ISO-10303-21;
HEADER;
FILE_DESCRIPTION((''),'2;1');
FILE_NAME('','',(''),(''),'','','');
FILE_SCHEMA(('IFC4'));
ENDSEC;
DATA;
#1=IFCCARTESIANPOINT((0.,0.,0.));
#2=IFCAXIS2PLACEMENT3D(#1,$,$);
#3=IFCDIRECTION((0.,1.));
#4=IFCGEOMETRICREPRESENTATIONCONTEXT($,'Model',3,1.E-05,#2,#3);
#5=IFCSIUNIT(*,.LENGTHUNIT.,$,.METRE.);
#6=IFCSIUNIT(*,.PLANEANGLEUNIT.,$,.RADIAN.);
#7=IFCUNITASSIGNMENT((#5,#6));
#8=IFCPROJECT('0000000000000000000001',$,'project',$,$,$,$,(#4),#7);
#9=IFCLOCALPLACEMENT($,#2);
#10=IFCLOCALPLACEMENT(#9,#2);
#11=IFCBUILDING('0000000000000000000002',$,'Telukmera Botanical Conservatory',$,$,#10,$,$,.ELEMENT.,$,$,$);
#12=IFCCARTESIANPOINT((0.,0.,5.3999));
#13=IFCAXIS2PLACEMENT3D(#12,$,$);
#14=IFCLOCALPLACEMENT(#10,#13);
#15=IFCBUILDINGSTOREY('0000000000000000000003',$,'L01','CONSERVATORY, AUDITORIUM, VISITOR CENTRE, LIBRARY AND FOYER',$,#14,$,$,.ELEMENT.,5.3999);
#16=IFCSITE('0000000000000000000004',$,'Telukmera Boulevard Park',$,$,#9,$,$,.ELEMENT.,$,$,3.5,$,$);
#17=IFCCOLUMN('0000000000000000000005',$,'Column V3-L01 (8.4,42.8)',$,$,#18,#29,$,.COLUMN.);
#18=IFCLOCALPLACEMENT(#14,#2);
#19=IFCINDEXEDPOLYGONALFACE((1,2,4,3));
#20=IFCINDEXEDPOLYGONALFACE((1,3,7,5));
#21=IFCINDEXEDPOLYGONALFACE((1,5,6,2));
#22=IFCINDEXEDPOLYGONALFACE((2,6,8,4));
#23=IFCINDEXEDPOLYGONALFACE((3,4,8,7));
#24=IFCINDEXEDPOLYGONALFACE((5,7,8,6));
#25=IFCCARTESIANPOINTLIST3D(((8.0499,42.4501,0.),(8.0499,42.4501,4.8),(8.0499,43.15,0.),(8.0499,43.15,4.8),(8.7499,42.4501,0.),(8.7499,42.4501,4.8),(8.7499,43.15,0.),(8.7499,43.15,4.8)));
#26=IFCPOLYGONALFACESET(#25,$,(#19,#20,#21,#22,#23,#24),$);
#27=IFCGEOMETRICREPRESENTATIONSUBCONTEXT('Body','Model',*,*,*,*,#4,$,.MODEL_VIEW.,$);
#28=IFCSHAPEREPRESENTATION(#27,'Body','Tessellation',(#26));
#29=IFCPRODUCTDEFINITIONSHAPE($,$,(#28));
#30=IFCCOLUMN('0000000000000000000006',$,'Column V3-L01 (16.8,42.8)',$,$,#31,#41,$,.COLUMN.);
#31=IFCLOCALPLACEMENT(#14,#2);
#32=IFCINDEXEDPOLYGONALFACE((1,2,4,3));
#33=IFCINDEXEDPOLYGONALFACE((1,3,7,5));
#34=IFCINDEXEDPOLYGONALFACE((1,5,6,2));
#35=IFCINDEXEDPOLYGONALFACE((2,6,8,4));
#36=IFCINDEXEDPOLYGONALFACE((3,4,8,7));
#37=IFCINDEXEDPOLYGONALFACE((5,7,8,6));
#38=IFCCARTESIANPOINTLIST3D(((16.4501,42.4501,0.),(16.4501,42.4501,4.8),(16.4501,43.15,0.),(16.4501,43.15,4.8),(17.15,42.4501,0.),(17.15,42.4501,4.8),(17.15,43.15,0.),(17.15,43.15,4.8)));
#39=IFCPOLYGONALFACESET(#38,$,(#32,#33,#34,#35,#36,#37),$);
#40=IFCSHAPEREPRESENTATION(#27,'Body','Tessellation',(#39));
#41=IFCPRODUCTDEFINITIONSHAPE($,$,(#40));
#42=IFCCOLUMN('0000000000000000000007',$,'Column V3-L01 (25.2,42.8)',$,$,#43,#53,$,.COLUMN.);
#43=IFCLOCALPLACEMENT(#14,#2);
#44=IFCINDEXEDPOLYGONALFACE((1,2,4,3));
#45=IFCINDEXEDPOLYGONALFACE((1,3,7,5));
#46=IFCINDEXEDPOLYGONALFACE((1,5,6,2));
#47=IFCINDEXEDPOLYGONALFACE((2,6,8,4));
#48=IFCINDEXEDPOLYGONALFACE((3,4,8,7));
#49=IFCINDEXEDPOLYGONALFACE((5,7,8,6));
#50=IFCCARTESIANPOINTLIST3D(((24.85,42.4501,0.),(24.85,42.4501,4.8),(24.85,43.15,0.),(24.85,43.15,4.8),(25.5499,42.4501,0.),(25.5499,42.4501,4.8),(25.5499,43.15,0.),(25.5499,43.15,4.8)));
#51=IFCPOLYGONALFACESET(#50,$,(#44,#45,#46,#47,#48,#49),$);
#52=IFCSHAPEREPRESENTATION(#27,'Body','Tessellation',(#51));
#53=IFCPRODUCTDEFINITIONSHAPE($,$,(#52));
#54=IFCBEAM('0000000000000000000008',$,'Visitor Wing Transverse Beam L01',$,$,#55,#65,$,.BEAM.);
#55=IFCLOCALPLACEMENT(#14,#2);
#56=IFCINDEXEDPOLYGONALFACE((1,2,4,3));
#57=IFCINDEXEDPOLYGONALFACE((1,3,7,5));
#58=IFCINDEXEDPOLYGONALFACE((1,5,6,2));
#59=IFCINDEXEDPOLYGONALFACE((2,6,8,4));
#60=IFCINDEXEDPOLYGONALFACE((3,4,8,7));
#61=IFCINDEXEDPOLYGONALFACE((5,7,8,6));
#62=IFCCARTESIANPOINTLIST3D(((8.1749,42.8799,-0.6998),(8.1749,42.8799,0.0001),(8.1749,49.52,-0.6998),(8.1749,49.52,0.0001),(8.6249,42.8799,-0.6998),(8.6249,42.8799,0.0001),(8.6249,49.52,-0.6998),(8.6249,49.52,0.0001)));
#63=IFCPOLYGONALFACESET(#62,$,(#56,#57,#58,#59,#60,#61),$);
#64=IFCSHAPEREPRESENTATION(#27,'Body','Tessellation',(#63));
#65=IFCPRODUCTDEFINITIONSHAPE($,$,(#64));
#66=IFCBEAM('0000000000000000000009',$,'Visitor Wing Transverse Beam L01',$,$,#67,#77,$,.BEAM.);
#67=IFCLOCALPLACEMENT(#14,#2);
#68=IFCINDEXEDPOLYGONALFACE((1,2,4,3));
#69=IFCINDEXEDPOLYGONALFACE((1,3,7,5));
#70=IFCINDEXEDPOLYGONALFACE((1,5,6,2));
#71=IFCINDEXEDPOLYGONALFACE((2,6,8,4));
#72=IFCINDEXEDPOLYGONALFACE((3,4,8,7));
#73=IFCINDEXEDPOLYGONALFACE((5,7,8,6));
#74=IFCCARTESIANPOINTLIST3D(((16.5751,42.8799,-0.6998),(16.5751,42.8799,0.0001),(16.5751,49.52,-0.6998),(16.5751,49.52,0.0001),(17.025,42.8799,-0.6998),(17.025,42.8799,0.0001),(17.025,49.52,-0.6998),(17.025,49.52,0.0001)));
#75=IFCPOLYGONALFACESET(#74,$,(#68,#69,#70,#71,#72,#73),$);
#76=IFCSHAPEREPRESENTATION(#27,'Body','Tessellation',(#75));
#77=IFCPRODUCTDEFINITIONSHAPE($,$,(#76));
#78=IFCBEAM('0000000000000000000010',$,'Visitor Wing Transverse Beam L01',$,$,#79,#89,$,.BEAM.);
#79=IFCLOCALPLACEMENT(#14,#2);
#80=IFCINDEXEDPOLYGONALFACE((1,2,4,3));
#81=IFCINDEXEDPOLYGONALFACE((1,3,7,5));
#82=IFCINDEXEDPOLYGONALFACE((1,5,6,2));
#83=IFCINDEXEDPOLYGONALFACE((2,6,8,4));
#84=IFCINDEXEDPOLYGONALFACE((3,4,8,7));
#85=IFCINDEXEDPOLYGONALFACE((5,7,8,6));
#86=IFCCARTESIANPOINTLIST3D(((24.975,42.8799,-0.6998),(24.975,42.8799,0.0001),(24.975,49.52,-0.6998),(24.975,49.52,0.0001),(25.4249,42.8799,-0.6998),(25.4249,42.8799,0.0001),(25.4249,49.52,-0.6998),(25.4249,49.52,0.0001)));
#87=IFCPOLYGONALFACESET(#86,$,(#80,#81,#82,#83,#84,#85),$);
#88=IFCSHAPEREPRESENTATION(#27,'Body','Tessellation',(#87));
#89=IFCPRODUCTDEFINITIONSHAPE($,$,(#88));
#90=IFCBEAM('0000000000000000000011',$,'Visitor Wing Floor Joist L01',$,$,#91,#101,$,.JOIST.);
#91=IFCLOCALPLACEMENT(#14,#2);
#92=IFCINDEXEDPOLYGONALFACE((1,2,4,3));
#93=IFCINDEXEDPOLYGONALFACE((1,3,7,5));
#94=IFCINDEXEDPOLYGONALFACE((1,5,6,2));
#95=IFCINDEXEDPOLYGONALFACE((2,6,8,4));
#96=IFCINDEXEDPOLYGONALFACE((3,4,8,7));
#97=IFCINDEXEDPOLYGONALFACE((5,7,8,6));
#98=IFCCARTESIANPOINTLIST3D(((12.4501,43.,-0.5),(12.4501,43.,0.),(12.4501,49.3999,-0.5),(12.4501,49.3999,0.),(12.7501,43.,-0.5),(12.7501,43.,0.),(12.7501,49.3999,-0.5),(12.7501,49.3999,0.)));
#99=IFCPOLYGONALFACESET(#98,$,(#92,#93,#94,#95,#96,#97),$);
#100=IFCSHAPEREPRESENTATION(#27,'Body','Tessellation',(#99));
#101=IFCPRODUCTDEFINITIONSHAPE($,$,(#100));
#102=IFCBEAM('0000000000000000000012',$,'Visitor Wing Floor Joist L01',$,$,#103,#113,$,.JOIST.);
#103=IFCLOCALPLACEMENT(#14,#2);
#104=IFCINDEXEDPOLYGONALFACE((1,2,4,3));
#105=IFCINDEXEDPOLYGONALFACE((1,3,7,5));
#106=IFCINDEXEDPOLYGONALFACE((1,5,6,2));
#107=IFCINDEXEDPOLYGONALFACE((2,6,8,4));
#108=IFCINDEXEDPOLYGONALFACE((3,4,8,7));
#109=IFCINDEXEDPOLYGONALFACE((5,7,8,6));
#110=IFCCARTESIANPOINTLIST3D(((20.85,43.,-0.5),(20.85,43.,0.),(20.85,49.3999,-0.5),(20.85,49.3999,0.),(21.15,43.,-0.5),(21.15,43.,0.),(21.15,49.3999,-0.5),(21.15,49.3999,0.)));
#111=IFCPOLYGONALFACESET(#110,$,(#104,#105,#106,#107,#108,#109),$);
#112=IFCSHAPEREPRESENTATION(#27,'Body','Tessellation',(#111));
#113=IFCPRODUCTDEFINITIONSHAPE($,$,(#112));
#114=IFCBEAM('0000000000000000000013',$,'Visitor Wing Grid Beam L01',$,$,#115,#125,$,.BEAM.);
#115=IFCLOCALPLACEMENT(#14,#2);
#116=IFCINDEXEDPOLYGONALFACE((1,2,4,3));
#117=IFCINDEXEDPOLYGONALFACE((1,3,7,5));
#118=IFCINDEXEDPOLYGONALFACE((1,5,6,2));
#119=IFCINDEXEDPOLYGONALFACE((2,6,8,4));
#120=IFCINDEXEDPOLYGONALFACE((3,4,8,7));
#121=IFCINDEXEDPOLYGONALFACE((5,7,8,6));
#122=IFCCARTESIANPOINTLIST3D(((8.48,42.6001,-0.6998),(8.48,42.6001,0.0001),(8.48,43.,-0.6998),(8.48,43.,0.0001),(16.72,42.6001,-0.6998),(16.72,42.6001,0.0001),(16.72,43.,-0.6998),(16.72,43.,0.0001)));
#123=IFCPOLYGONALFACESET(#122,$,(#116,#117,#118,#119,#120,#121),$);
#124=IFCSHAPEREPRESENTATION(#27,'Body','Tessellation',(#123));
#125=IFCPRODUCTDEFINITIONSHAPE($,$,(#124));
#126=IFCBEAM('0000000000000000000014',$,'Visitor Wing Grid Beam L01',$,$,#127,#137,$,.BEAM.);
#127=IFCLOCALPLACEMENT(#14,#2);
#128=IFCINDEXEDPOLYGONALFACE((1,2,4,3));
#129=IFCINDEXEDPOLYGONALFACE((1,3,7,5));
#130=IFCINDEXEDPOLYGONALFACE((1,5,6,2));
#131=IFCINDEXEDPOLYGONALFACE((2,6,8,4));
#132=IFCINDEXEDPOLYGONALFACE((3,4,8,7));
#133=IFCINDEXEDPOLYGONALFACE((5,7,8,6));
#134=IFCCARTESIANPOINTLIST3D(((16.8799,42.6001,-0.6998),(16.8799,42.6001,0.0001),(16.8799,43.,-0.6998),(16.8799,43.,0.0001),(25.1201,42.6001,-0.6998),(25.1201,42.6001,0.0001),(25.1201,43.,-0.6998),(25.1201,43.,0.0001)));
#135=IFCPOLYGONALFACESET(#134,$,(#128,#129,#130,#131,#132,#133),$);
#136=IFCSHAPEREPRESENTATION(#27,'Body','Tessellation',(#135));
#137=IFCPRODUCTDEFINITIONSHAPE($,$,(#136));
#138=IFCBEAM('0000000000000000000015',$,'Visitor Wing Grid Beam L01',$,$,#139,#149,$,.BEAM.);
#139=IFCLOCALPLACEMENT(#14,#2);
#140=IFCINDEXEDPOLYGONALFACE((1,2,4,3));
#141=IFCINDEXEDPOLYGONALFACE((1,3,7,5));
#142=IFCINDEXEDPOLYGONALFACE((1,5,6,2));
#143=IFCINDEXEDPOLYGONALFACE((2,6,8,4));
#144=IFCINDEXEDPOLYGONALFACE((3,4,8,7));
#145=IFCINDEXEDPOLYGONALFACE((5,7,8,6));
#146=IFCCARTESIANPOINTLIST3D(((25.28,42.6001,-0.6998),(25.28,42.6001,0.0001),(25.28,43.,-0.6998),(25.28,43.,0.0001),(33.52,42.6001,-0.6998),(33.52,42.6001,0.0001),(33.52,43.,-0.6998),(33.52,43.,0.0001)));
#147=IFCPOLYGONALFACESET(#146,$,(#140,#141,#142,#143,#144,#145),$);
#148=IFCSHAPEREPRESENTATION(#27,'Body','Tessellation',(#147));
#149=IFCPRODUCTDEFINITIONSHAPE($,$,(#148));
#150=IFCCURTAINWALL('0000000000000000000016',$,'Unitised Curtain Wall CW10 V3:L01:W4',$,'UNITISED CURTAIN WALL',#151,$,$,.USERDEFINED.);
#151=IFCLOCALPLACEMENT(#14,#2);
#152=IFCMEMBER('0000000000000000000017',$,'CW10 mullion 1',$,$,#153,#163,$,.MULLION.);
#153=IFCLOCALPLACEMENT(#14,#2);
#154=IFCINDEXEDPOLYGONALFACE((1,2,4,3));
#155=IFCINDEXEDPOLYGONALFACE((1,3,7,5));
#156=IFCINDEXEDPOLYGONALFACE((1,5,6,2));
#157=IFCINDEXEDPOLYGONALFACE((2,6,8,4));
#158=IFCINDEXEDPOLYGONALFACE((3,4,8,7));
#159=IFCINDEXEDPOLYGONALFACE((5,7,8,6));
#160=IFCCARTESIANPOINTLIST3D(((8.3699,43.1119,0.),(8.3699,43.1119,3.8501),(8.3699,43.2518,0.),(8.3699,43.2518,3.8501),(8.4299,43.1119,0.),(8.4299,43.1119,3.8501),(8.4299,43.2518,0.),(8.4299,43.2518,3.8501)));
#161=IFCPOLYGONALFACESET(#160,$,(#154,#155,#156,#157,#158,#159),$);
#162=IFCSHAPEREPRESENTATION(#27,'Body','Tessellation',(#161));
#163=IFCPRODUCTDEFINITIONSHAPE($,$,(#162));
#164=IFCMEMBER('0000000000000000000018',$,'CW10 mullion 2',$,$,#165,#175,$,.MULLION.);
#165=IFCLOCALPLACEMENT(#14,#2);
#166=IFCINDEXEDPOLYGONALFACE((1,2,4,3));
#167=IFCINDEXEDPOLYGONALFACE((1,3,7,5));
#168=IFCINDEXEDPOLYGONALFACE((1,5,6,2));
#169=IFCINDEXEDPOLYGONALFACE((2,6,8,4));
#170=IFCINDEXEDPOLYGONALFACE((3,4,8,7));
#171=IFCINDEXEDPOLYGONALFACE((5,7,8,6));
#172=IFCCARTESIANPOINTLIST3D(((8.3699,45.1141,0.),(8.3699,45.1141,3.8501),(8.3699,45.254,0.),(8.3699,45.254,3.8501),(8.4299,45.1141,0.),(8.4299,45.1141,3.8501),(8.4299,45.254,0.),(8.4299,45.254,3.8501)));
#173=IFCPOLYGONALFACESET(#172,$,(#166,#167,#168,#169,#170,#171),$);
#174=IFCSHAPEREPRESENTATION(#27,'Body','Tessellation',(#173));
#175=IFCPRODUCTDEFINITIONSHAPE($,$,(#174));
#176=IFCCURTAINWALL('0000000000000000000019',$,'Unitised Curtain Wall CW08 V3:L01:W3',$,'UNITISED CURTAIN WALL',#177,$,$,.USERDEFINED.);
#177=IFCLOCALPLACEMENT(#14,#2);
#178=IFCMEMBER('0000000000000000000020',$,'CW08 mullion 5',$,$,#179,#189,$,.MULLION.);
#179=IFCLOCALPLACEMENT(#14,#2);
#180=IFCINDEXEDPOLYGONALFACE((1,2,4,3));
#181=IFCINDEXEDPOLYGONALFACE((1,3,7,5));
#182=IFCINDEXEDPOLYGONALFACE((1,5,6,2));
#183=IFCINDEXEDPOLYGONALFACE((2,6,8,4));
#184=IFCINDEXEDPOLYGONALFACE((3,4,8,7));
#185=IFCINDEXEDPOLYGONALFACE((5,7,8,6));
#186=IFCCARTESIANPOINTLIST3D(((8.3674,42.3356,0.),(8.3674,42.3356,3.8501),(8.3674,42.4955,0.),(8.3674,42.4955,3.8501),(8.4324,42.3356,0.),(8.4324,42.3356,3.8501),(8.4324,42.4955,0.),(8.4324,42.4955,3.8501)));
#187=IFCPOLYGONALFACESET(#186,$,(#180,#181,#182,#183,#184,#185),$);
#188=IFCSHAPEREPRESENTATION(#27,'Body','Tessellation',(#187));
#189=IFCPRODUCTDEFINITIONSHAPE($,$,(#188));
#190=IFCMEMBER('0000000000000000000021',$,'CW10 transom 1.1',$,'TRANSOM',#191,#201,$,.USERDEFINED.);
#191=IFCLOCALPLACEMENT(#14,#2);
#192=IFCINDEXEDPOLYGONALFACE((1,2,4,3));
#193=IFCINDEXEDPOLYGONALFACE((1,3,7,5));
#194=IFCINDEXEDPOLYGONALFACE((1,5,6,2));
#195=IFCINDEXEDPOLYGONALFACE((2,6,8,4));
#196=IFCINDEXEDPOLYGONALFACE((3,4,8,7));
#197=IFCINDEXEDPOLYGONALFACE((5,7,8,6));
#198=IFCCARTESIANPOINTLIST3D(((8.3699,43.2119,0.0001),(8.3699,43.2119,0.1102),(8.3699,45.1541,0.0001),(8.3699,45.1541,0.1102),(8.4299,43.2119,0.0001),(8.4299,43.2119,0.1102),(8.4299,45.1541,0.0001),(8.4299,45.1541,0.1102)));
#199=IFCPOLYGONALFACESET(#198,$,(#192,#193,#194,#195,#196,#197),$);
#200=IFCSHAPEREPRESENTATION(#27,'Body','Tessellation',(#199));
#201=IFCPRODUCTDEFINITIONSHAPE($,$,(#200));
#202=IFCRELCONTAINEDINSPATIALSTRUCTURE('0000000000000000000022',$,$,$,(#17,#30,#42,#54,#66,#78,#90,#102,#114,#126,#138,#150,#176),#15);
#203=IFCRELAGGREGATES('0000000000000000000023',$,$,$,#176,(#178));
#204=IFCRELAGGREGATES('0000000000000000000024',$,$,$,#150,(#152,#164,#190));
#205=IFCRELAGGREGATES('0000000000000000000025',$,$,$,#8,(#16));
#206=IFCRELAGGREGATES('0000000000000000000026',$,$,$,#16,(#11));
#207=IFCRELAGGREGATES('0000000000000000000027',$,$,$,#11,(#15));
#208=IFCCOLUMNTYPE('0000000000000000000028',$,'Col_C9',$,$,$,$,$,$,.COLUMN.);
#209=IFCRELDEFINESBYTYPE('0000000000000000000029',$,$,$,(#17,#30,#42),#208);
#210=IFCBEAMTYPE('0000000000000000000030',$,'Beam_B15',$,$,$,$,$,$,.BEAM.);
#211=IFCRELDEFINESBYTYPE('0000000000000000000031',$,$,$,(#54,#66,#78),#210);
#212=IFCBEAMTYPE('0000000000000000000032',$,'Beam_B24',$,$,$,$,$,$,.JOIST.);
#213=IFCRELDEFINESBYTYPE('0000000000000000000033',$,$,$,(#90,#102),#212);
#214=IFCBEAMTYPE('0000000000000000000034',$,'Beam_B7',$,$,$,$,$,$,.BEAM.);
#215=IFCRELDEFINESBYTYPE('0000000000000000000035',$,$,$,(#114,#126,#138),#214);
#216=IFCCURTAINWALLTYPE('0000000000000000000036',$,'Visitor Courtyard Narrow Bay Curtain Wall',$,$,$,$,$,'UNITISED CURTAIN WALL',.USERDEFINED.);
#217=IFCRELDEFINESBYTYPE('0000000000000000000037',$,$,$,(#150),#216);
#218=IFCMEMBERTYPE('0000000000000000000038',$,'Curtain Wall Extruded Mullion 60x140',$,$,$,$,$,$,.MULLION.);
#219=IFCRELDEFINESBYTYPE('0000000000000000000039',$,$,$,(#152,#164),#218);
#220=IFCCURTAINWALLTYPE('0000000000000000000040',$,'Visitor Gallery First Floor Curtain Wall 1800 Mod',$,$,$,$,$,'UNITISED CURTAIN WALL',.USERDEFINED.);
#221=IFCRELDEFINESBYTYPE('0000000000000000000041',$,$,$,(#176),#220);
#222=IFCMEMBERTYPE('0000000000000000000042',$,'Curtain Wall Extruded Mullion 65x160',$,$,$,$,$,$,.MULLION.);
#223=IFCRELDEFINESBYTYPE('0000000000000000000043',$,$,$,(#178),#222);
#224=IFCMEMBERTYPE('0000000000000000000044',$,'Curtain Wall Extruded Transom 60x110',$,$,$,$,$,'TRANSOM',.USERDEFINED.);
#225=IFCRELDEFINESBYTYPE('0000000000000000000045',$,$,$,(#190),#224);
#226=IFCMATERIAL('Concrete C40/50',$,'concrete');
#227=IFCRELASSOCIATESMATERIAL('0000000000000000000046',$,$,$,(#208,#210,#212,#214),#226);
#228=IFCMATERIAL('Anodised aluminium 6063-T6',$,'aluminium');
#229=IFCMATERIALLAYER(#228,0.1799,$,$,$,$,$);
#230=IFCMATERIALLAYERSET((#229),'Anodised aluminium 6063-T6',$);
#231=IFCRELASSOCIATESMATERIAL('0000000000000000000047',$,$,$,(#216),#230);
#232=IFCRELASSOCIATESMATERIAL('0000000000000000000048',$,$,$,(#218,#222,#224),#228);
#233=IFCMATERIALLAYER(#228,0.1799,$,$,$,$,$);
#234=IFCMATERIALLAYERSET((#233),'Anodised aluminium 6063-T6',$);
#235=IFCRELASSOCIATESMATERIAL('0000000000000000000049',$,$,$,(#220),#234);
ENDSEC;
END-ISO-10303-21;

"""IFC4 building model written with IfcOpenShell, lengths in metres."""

from ifc_helpers import new_model, si_unit, direction, frame, origin, origin_2d, place, context, subcontext, project, spatial, rectangle, extrude, material, layer, layer_set, material_profile, profile_set, type_object, element, aggregate, save


model = new_model("IFC4")

# Units and contexts
model_context = context("Model", 3, precision=1e-05, world=origin(), true_north=direction((0.0, 1.0)))
body_context = subcontext(model_context, "Body", "Model", "MODEL_VIEW")
ifc_project = project(units=[si_unit("LENGTHUNIT", "METRE"), si_unit("PLANEANGLEUNIT", "RADIAN")], contexts=[model_context])

# Site, building, storey
site_placement = place(None, origin())
site = spatial("IfcSite", under=ifc_project, at=site_placement, Name="Telukmera Boulevard Park", CompositionType="ELEMENT", RefElevation=3.5)
building_placement = place(site_placement, origin())
building = spatial("IfcBuilding", under=site, at=building_placement, Name="Telukmera Botanical Conservatory", CompositionType="ELEMENT")
storey_placement = place(building_placement, frame((0.0, 0.0, 5.3999)))
storey = spatial("IfcBuildingStorey", under=building, at=storey_placement, Name="L01", Description="CONSERVATORY, AUDITORIUM, VISITOR CENTRE, LIBRARY AND FOYER", CompositionType="ELEMENT", Elevation=5.3999)

# Columns
ifc_material_1 = material(Name="Concrete C40/50", Category="concrete")
ifc_material_profile_1 = material_profile(ifc_material_1, rectangle(XDim=0.7, YDim=0.7, at=origin_2d()), Name="RC 700x700")
ifc_profile_set_1 = profile_set([ifc_material_profile_1], Name="Concrete C40/50")
column_type = type_object("IfcColumnType", Name="Col_C9", PredefinedType="COLUMN", material=ifc_profile_set_1)
for number, where, z_axis, x_axis, name in (
    (1, (8.3999, 42.8, 0.0), (0.0, 0.0, 1.0), (1.0, 0.0, 0.0), "Column V3-L01 (8.4,42.8)"),
    (2, (16.8, 42.8, 0.0), (0.0, 0.0, 1.0), (1.0, 0.0, 0.0), "Column V3-L01 (16.8,42.8)"),
    (3, (25.2, 42.8, 0.0), (0.0, 0.0, 1.0), (1.0, 0.0, 0.0), "Column V3-L01 (25.2,42.8)"),
):
    element("IfcColumn", number, at=place(storey_placement, frame(where, z_axis=z_axis, x_axis=x_axis)), inside=storey, type_object=column_type, Name=name, PredefinedType="COLUMN", context=body_context, shape_type="SweptSolid", body=[
        extrude(rectangle(XDim=0.7, YDim=0.7, at=origin_2d()), origin(), (0.0, 0.0, 1.0), 4.8),
    ])

# Beams
ifc_material_profile_2 = material_profile(ifc_material_1, rectangle(XDim=0.45, YDim=0.7, at=origin_2d()), Name="RC 450x700")
ifc_profile_set_2 = profile_set([ifc_material_profile_2], Name="Concrete C40/50")
beam_type_1 = type_object("IfcBeamType", Name="Beam_B15", PredefinedType="BEAM", material=ifc_profile_set_2)
for number, where, z_axis, x_axis, name in (
    (4, (8.3999, 42.8799, -0.3499), (0.0, 1.0, 0.0), (-1.0, 0.0, 0.0), "Visitor Wing Transverse Beam L01"),
    (5, (16.8, 42.8799, -0.3499), (0.0, 1.0, 0.0), (-1.0, 0.0, 0.0), "Visitor Wing Transverse Beam L01"),
    (6, (25.2, 42.8799, -0.3499), (0.0, 1.0, 0.0), (-1.0, 0.0, 0.0), "Visitor Wing Transverse Beam L01"),
):
    element("IfcBeam", number, at=place(storey_placement, frame(where, z_axis=z_axis, x_axis=x_axis)), inside=storey, type_object=beam_type_1, Name=name, PredefinedType="BEAM", context=body_context, shape_type="SweptSolid", body=[
        extrude(rectangle(XDim=0.45, YDim=0.7, at=origin_2d()), origin(), (0.0, 0.0, 1.0), 6.6401),
    ])
ifc_material_profile_3 = material_profile(ifc_material_1, rectangle(XDim=0.3, YDim=0.5, at=origin_2d()), Name="RC 300x500")
ifc_profile_set_3 = profile_set([ifc_material_profile_3], Name="Concrete C40/50")
beam_type_2 = type_object("IfcBeamType", Name="Beam_B24", PredefinedType="JOIST", material=ifc_profile_set_3)
for number, where, z_axis, x_axis, name in (
    (7, (12.6001, 43.0, -0.25), (0.0, 1.0, 0.0), (-1.0, 0.0, 0.0), "Visitor Wing Floor Joist L01"),
    (8, (21.0, 43.0, -0.25), (0.0, 1.0, 0.0), (-1.0, 0.0, 0.0), "Visitor Wing Floor Joist L01"),
):
    element("IfcBeam", number, at=place(storey_placement, frame(where, z_axis=z_axis, x_axis=x_axis)), inside=storey, type_object=beam_type_2, Name=name, PredefinedType="JOIST", context=body_context, shape_type="SweptSolid", body=[
        extrude(rectangle(XDim=0.3, YDim=0.5, at=origin_2d()), origin(), (0.0, 0.0, 1.0), 6.3999),
    ])
ifc_material_profile_4 = material_profile(ifc_material_1, rectangle(XDim=0.3999, YDim=0.7, at=origin_2d()), Name="RC 400x700")
ifc_profile_set_4 = profile_set([ifc_material_profile_4], Name="Concrete C40/50")
beam_type_3 = type_object("IfcBeamType", Name="Beam_B7", PredefinedType="BEAM", material=ifc_profile_set_4)
beam_1_placement = place(storey_placement, frame((8.48, 42.8, -0.3499), z_axis=(1.0, 0.0, 0.0), x_axis=(0.0, 1.0, 0.0)))
element("IfcBeam", 9, at=beam_1_placement, inside=storey, type_object=beam_type_3, Name="Visitor Wing Grid Beam L01", PredefinedType="BEAM", context=body_context, shape_type="SweptSolid", body=[
    extrude(rectangle(XDim=0.3999, YDim=0.7, at=origin_2d()), origin(), (0.0, 0.0, 1.0), 8.24),
])
beam_2_placement = place(storey_placement, frame((16.8799, 42.8, -0.3499), z_axis=(1.0, 0.0, 0.0), x_axis=(0.0, 1.0, 0.0)))
element("IfcBeam", 10, at=beam_2_placement, inside=storey, type_object=beam_type_3, Name="Visitor Wing Grid Beam L01", PredefinedType="BEAM", context=body_context, shape_type="SweptSolid", body=[
    extrude(rectangle(XDim=0.3999, YDim=0.7, at=origin_2d()), origin(), (0.0, 0.0, 1.0), 8.2402),
])
beam_3_placement = place(storey_placement, frame((25.28, 42.8, -0.3499), z_axis=(1.0, 0.0, 0.0), x_axis=(0.0, 1.0, 0.0)))
element("IfcBeam", 11, at=beam_3_placement, inside=storey, type_object=beam_type_3, Name="Visitor Wing Grid Beam L01", PredefinedType="BEAM", context=body_context, shape_type="SweptSolid", body=[
    extrude(rectangle(XDim=0.3999, YDim=0.7, at=origin_2d()), origin(), (0.0, 0.0, 1.0), 8.24),
])

# Curtain wall, members
ifc_material_2 = material(Name="Anodised aluminium 6063-T6", Category="aluminium")
ifc_layer_1 = layer(ifc_material_2, 0.1799)
ifc_layer_set_1 = layer_set([ifc_layer_1], Name="Anodised aluminium 6063-T6")
curtain_wall_type_1 = type_object("IfcCurtainWallType", Name="Visitor Courtyard Narrow Bay Curtain Wall", ElementType="UNITISED CURTAIN WALL", PredefinedType="USERDEFINED", material=ifc_layer_set_1)
curtain_wall_1_placement = place(storey_placement, origin())
curtain_wall_1 = element("IfcCurtainWall", 12, at=curtain_wall_1_placement, inside=storey, type_object=curtain_wall_type_1, Name="Unitised Curtain Wall CW10 V3:L01:W4", ObjectType="UNITISED CURTAIN WALL", PredefinedType="USERDEFINED")
ifc_material_profile_5 = material_profile(ifc_material_2, rectangle(XDim=0.0601, YDim=0.1399, at=origin_2d()), Name="ALU MULL 60x140")
ifc_profile_set_5 = profile_set([ifc_material_profile_5], Name="Anodised aluminium 6063-T6")
member_type_1 = type_object("IfcMemberType", Name="Curtain Wall Extruded Mullion 60x140", PredefinedType="MULLION", material=ifc_profile_set_5)
member_1_placement = place(storey_placement, frame((8.3999, 43.1819, 0.0), z_axis=(0.0, 0.0, 1.0), x_axis=(-1.0, 0.0, 0.0)))
member_1 = element("IfcMember", 13, at=member_1_placement, type_object=member_type_1, Name="CW10 mullion 1", PredefinedType="MULLION", context=body_context, shape_type="SweptSolid", body=[
    extrude(rectangle(XDim=0.0601, YDim=0.1399, at=origin_2d()), origin(), (0.0, 0.0, 1.0), 3.8501),
])
member_2_placement = place(storey_placement, frame((8.3999, 45.1841, 0.0), z_axis=(0.0, 0.0, 1.0), x_axis=(-1.0, 0.0, 0.0)))
member_2 = element("IfcMember", 14, at=member_2_placement, type_object=member_type_1, Name="CW10 mullion 2", PredefinedType="MULLION", context=body_context, shape_type="SweptSolid", body=[
    extrude(rectangle(XDim=0.0601, YDim=0.1399, at=origin_2d()), origin(), (0.0, 0.0, 1.0), 3.8501),
])

# Curtain wall, member
ifc_layer_2 = layer(ifc_material_2, 0.1799)
ifc_layer_set_2 = layer_set([ifc_layer_2], Name="Anodised aluminium 6063-T6")
curtain_wall_type_2 = type_object("IfcCurtainWallType", Name="Visitor Gallery First Floor Curtain Wall 1800 Mod", ElementType="UNITISED CURTAIN WALL", PredefinedType="USERDEFINED", material=ifc_layer_set_2)
curtain_wall_2_placement = place(storey_placement, origin())
curtain_wall_2 = element("IfcCurtainWall", 15, at=curtain_wall_2_placement, inside=storey, type_object=curtain_wall_type_2, Name="Unitised Curtain Wall CW08 V3:L01:W3", ObjectType="UNITISED CURTAIN WALL", PredefinedType="USERDEFINED")
ifc_material_profile_6 = material_profile(ifc_material_2, rectangle(XDim=0.0649, YDim=0.1599, at=origin_2d()), Name="ALU MULL 65x160")
ifc_profile_set_6 = profile_set([ifc_material_profile_6], Name="Anodised aluminium 6063-T6")
member_type_2 = type_object("IfcMemberType", Name="Curtain Wall Extruded Mullion 65x160", PredefinedType="MULLION", material=ifc_profile_set_6)
member_3_placement = place(storey_placement, frame((8.3999, 42.4155, 0.0), z_axis=(0.0, 0.0, 1.0), x_axis=(-1.0, 0.0, 0.0)))
member_3 = element("IfcMember", 16, at=member_3_placement, type_object=member_type_2, Name="CW08 mullion 5", PredefinedType="MULLION", context=body_context, shape_type="SweptSolid", body=[
    extrude(rectangle(XDim=0.0649, YDim=0.1599, at=origin_2d()), origin(), (0.0, 0.0, 1.0), 3.8501),
])
aggregate(curtain_wall_2, [member_3])

# Member
ifc_material_profile_7 = material_profile(ifc_material_2, rectangle(XDim=0.0601, YDim=0.1101, at=origin_2d()), Name="ALU TRAN 60x110")
ifc_profile_set_7 = profile_set([ifc_material_profile_7], Name="Anodised aluminium 6063-T6")
member_type_3 = type_object("IfcMemberType", Name="Curtain Wall Extruded Transom 60x110", ElementType="TRANSOM", PredefinedType="USERDEFINED", material=ifc_profile_set_7)
member_4_placement = place(storey_placement, frame((8.3999, 43.2119, 0.0552), z_axis=(0.0, 1.0, 0.0), x_axis=(-1.0, 0.0, 0.0)))
member_4 = element("IfcMember", 17, at=member_4_placement, type_object=member_type_3, Name="CW10 transom 1.1", ObjectType="TRANSOM", PredefinedType="USERDEFINED", context=body_context, shape_type="SweptSolid", body=[
    extrude(rectangle(XDim=0.0601, YDim=0.1101, at=origin_2d()), origin(), (0.0, 0.0, 1.0), 1.9421),
])

aggregate(curtain_wall_1, [member_1, member_2, member_4])

save(model, "model.ifc")
